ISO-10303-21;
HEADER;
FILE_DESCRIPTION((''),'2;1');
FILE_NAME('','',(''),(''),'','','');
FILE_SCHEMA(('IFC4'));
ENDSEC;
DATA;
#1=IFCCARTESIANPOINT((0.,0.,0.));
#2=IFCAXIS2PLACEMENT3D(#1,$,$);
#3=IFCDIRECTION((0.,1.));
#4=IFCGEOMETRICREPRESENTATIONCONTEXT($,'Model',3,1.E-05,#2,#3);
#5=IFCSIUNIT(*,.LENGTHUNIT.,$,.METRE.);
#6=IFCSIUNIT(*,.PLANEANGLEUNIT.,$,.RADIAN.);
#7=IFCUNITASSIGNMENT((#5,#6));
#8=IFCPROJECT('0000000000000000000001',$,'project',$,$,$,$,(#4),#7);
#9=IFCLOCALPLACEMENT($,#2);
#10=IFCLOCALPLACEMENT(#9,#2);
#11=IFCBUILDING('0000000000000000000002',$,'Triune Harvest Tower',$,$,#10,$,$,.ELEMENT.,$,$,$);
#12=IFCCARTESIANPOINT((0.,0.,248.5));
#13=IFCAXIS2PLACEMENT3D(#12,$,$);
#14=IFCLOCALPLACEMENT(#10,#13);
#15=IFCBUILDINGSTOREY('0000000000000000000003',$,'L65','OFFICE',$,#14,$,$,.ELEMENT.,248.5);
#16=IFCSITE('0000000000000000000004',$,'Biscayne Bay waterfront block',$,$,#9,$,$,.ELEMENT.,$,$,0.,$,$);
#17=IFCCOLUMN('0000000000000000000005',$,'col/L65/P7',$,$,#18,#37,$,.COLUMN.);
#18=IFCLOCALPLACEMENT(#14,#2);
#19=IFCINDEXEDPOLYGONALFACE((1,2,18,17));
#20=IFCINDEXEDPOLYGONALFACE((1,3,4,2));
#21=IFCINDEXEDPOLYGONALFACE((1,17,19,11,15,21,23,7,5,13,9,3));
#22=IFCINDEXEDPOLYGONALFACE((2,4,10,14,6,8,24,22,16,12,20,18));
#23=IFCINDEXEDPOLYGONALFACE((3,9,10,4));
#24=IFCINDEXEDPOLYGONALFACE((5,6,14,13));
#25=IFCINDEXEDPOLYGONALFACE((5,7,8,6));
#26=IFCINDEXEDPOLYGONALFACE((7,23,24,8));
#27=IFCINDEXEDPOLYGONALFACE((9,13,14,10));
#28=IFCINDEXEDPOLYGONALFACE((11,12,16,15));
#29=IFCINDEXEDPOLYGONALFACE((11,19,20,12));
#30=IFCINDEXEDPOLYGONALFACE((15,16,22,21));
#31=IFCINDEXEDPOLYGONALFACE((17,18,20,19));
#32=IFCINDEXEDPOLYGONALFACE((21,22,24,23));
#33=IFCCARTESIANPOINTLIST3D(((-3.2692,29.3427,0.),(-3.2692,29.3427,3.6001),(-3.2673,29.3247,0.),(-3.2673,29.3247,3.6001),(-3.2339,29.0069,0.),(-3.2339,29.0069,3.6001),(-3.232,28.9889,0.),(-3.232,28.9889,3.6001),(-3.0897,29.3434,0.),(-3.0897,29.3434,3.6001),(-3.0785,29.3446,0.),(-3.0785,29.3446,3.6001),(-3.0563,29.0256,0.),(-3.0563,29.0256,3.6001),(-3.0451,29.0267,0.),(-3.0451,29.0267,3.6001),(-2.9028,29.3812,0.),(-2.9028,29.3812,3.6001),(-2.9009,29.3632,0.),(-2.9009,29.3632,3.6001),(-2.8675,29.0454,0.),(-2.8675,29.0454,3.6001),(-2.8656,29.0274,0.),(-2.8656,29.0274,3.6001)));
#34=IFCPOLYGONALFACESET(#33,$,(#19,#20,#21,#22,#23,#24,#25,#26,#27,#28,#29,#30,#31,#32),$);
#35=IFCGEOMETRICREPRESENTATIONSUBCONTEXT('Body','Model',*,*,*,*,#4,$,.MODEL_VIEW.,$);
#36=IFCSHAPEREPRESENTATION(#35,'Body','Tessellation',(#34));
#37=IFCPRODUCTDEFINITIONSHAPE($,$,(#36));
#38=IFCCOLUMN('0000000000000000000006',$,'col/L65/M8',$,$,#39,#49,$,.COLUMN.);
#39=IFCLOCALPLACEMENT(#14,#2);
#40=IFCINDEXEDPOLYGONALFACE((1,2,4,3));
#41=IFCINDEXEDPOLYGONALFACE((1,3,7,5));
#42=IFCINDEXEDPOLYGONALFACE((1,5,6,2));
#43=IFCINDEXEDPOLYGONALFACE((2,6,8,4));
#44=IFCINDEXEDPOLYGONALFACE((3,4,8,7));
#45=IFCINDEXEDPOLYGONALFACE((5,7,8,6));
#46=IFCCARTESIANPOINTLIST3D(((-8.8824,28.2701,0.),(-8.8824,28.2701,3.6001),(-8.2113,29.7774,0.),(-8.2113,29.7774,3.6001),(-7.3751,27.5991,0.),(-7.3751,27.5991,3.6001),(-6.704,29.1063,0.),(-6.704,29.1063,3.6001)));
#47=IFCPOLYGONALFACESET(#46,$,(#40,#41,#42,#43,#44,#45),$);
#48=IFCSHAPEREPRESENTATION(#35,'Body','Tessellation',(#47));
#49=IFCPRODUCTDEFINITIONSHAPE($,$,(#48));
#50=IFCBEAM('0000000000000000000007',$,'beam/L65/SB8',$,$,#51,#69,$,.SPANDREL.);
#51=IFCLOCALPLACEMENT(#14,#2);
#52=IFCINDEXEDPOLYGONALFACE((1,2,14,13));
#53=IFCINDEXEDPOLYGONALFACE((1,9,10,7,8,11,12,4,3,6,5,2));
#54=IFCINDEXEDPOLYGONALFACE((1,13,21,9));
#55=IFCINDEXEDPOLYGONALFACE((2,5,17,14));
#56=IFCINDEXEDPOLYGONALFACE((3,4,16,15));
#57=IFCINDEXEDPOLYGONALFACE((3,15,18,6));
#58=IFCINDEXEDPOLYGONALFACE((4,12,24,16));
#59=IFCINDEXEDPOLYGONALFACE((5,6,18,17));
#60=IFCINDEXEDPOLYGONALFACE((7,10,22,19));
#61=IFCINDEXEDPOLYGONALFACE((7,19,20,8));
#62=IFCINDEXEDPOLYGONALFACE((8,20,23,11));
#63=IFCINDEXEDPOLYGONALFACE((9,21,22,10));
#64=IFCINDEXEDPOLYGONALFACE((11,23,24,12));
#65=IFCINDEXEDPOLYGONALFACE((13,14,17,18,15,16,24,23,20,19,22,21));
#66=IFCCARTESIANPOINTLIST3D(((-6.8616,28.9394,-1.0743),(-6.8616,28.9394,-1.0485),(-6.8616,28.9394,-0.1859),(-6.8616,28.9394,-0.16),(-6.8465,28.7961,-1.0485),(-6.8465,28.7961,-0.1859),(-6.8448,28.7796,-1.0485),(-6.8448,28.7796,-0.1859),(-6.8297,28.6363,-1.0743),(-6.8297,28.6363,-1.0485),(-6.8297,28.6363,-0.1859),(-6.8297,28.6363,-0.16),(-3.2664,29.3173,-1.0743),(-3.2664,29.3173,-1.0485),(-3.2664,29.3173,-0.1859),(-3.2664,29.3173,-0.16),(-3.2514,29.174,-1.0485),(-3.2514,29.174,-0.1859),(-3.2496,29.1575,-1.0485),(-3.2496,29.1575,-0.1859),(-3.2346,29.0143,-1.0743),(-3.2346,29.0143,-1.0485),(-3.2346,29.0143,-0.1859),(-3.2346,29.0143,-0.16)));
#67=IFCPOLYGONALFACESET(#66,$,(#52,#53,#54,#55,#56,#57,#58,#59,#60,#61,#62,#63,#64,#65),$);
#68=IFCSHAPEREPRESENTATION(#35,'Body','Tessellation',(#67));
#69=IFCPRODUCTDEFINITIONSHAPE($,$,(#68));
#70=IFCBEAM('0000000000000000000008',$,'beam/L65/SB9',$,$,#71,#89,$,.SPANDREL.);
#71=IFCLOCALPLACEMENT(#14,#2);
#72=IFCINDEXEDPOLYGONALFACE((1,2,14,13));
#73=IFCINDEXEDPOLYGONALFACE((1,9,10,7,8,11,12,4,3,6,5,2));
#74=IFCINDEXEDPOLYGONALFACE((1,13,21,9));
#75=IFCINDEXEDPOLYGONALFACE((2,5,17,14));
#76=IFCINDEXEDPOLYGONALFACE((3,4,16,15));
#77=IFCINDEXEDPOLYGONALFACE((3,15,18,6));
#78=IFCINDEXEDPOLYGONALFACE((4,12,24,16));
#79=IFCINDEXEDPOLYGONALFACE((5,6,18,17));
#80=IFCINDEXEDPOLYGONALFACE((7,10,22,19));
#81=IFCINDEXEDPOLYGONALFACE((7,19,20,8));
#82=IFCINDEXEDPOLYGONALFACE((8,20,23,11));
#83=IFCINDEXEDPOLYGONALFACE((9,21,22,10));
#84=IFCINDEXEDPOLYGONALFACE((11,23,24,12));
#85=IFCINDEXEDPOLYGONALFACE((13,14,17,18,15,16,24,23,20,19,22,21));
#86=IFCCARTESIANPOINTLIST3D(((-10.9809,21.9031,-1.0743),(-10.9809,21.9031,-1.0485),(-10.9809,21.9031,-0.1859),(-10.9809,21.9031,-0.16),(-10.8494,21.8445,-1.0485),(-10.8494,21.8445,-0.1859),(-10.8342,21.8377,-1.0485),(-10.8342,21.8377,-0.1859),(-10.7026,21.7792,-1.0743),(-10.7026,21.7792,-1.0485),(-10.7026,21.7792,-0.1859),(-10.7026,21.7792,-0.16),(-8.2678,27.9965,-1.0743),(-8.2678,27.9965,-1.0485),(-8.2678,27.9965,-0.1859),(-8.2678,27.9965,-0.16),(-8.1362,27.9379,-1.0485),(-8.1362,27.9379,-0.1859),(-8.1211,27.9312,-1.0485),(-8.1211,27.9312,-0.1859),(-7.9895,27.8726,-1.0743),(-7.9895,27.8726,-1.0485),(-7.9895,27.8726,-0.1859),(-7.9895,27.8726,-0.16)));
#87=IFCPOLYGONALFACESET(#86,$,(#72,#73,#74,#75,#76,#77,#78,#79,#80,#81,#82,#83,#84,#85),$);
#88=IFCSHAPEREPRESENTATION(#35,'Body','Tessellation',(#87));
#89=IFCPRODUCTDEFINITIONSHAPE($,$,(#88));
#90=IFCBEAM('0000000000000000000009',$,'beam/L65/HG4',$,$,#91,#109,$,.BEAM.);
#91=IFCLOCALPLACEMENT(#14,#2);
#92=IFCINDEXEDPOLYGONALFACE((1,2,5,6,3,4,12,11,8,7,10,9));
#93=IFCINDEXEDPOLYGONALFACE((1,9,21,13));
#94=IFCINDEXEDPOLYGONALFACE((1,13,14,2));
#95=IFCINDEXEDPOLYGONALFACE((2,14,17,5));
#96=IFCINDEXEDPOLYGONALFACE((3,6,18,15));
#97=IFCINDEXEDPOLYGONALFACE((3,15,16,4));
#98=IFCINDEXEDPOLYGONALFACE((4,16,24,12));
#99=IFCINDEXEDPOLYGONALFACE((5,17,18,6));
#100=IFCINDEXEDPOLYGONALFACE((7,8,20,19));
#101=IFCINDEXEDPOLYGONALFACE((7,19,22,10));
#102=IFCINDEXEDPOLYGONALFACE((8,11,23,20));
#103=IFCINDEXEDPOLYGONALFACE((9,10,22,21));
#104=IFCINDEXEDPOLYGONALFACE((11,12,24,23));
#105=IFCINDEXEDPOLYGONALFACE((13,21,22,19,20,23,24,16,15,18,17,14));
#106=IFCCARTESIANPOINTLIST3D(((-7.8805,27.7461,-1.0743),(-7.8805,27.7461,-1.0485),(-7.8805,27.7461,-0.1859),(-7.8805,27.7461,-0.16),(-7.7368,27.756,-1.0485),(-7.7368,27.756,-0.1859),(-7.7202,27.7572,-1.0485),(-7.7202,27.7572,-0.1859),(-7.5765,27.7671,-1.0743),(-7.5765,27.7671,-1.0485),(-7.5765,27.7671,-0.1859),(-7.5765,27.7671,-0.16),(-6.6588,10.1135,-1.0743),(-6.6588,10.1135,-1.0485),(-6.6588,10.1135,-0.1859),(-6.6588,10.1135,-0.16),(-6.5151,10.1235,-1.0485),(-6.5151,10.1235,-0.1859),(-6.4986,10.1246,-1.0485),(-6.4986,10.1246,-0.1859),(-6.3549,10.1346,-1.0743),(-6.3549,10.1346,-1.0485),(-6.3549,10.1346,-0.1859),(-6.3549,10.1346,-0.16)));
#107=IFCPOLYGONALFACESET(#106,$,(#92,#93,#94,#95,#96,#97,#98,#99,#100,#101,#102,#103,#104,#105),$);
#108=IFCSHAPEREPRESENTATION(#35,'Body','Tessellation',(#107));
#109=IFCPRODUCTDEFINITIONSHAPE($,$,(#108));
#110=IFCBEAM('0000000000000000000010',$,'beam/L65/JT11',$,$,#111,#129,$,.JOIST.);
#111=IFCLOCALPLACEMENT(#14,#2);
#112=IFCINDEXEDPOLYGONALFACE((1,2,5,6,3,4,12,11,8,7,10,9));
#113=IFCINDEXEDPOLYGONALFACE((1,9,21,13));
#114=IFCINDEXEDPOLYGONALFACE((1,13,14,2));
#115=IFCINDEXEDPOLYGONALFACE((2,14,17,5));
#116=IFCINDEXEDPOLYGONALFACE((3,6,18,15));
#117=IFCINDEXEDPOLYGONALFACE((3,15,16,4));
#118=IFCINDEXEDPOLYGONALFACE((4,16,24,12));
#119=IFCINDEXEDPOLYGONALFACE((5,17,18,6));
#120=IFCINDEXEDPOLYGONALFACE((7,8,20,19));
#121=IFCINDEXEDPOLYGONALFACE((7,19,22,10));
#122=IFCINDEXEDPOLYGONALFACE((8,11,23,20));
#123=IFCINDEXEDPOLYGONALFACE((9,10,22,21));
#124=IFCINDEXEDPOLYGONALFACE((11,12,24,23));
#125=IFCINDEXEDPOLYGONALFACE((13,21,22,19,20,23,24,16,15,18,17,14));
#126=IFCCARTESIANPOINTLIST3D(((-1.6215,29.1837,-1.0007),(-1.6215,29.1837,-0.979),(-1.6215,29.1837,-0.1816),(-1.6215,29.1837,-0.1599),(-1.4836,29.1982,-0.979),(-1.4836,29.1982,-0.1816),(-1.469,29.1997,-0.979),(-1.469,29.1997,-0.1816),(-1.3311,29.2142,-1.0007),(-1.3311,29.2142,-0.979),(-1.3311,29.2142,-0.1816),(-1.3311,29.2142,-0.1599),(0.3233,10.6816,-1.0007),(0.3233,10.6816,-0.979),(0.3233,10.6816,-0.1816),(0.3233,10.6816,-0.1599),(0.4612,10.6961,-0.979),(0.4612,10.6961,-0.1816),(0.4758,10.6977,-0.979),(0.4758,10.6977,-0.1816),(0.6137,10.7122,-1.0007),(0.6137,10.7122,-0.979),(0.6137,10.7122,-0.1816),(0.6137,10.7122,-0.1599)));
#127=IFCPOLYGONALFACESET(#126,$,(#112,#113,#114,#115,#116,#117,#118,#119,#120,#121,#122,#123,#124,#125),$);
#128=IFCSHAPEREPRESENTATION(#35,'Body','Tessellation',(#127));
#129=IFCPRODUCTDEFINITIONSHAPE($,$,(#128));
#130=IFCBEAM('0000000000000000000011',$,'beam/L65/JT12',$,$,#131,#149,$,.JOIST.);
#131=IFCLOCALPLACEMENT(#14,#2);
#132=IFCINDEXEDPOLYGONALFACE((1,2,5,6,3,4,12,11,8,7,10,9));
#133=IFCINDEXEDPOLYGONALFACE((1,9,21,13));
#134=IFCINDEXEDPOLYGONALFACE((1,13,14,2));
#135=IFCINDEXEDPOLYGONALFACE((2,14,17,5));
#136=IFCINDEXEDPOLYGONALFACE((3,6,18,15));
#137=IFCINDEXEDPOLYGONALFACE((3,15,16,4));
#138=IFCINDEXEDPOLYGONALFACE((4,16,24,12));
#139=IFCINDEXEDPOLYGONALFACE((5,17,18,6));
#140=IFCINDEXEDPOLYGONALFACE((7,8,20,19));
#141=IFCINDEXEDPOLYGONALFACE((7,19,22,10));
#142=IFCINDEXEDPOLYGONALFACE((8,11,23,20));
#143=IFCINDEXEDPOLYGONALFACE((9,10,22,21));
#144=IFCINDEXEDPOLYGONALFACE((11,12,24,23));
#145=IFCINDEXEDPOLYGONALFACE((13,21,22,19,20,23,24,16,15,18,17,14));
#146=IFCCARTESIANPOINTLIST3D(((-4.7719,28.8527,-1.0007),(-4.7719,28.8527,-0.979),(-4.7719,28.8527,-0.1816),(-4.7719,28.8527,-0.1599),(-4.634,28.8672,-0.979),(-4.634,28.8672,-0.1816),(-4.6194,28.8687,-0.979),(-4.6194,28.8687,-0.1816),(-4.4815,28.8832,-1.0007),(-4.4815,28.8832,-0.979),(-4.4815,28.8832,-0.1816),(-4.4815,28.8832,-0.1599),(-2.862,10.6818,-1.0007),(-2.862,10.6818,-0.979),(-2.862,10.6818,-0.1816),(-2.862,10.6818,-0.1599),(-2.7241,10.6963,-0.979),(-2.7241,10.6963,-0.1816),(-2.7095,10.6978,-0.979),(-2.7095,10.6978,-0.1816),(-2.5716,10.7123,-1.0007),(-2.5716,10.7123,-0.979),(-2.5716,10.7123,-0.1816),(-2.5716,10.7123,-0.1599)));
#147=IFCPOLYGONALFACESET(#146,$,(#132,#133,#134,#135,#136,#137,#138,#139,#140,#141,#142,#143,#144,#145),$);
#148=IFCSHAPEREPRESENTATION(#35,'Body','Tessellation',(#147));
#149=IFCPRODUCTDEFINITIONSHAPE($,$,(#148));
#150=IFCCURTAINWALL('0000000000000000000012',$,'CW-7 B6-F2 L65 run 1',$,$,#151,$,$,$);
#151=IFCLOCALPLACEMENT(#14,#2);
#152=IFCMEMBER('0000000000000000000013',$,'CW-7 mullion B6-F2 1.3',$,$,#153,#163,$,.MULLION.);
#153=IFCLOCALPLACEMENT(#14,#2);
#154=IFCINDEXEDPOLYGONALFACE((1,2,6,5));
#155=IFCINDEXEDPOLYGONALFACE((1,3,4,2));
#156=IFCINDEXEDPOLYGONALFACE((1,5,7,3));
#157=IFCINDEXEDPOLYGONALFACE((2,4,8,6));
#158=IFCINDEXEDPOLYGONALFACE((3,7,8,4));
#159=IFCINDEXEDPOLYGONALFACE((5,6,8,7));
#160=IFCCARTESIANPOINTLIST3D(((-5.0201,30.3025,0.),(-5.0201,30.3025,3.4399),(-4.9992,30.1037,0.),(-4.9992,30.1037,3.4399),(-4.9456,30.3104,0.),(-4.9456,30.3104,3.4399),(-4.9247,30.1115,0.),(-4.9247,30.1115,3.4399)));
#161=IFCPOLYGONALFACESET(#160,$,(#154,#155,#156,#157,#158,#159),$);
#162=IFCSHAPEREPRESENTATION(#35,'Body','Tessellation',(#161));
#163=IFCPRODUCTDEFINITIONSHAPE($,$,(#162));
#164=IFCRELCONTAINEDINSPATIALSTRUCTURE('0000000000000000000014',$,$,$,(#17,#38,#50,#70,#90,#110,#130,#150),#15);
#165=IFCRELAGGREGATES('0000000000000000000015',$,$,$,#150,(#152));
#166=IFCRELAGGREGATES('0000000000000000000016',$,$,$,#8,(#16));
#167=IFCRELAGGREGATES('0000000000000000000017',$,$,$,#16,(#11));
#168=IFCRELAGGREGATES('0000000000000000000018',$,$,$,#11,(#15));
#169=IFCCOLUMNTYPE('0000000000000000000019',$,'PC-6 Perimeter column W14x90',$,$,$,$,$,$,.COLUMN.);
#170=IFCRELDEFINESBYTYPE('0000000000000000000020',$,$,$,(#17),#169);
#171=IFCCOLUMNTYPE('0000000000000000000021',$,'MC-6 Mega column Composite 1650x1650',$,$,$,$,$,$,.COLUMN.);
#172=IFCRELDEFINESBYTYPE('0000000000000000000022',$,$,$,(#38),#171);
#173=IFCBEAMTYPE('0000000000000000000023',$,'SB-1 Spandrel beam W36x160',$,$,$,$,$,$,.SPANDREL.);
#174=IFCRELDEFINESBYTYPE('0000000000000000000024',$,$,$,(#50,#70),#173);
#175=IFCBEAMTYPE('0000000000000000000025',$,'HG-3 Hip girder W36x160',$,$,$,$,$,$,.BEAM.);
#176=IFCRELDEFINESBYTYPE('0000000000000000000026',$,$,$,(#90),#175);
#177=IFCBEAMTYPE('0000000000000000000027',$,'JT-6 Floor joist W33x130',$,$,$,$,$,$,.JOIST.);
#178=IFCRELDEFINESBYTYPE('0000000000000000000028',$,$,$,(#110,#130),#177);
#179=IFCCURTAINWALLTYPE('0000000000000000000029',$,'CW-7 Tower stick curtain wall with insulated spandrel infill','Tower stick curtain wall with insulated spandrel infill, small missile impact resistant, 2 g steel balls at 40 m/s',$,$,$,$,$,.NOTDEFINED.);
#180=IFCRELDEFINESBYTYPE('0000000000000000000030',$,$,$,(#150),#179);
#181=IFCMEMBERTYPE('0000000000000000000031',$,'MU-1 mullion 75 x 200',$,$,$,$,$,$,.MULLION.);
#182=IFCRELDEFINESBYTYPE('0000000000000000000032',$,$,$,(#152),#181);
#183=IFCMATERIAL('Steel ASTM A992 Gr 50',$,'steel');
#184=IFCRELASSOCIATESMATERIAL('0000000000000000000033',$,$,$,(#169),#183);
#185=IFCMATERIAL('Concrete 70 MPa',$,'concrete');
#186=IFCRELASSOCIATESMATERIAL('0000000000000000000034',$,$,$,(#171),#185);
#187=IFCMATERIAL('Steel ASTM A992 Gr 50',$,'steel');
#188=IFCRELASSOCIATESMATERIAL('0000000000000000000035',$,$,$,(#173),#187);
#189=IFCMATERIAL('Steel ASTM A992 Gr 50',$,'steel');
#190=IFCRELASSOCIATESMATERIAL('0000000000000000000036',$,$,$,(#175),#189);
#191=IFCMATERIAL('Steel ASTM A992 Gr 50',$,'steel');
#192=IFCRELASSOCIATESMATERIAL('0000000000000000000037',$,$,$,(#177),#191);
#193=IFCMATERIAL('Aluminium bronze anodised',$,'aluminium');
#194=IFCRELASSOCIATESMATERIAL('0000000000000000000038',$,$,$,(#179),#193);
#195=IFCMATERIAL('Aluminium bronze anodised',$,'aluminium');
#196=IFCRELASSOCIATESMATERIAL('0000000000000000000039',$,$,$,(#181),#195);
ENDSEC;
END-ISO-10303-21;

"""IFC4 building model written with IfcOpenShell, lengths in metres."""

from ifc_helpers import new_model, si_unit, direction, frame, origin, origin_2d, place, context, subcontext, project, spatial, rectangle, i_section, extrude, source, transform, mapped, material, material_profile, profile_set, type_object, element, aggregate, save


model = new_model("IFC4")

# Units and contexts
model_context = context("Model", 3, precision=1e-05, world=origin(), true_north=direction((0.0, 1.0)))
body_context = subcontext(model_context, "Body", "Model", "MODEL_VIEW")
ifc_project = project(units=[si_unit("LENGTHUNIT", "METRE"), si_unit("PLANEANGLEUNIT", "RADIAN")], contexts=[model_context])

# Site, building, storey
site_placement = place(None, origin())
site = spatial("IfcSite", under=ifc_project, at=site_placement, Name="Biscayne Bay waterfront block", CompositionType="ELEMENT", RefElevation=0.0)
building_placement = place(site_placement, origin())
building = spatial("IfcBuilding", under=site, at=building_placement, Name="Triune Harvest Tower", CompositionType="ELEMENT")
storey_placement = place(building_placement, frame((0.0, 0.0, 248.5)))
storey = spatial("IfcBuildingStorey", under=building, at=storey_placement, Name="L65", Description="OFFICE", CompositionType="ELEMENT", Elevation=248.5)

# Columns
ifc_material_1 = material(Name="Steel ASTM A992 Gr 50", Category="steel")
ifc_material_profile_1 = material_profile(ifc_material_1, i_section(OverallWidth=0.3684, OverallDepth=0.3557, WebThickness=0.0112, FlangeThickness=0.0181, at=origin_2d()), Name="W14x90")
ifc_profile_set_1 = profile_set([ifc_material_profile_1], Name="Steel ASTM A992 Gr 50")
column_type_1 = type_object("IfcColumnType", Name="PC-6 Perimeter column W14x90", PredefinedType="COLUMN", material=ifc_profile_set_1)
shared_shape_1 = source(origin(), body_context, "Body", "SweptSolid", [
    extrude(i_section(OverallWidth=0.3684, OverallDepth=0.3557, WebThickness=0.0112, FlangeThickness=0.0181, at=origin_2d()), origin(), (0.0, 0.0, 1.0), 3.6001),
])
column_1_placement = place(storey_placement, frame((-3.0674, 29.1851, 0.0), z_axis=(0.0, 0.0, 1.0), x_axis=(-0.994522, -0.104528, 0.0)))
element("IfcColumn", 1, at=column_1_placement, inside=storey, type_object=column_type_1, Name="col/L65/P7", PredefinedType="COLUMN", context=body_context, shape_type="MappedRepresentation", body=[
    mapped(shared_shape_1, transform((0.0, 0.0, 0.0), scale=1.0)),
])
ifc_material_2 = material(Name="Concrete 70 MPa", Category="concrete")
ifc_material_profile_2 = material_profile(ifc_material_2, rectangle(XDim=1.6499, YDim=1.6499, at=origin_2d()), Name="Composite 1650x1650")
ifc_profile_set_2 = profile_set([ifc_material_profile_2], Name="Concrete 70 MPa")
column_type_2 = type_object("IfcColumnType", Name="MC-6 Mega column Composite 1650x1650", PredefinedType="COLUMN", material=ifc_profile_set_2)
shared_shape_2 = source(origin(), body_context, "Body", "SweptSolid", [
    extrude(rectangle(XDim=1.6499, YDim=1.6499, at=origin_2d()), origin(), (0.0, 0.0, 1.0), 3.6001),
])
column_2_placement = place(storey_placement, frame((-7.7932, 28.6882, 0.0), z_axis=(0.0, 0.0, 1.0), x_axis=(-0.406738, -0.913545, 0.0)))
element("IfcColumn", 2, at=column_2_placement, inside=storey, type_object=column_type_2, Name="col/L65/M8", PredefinedType="COLUMN", context=body_context, shape_type="MappedRepresentation", body=[
    mapped(shared_shape_2, transform((0.0, 0.0, 0.0), scale=1.0)),
])

# Beams
ifc_material_3 = material(Name="Steel ASTM A992 Gr 50", Category="steel")
ifc_material_profile_3 = material_profile(ifc_material_3, i_section(OverallWidth=0.3047, OverallDepth=0.9143, WebThickness=0.0166, FlangeThickness=0.0259, at=origin_2d()), Name="W36x160")
ifc_profile_set_3 = profile_set([ifc_material_profile_3], Name="Steel ASTM A992 Gr 50")
beam_type_1 = type_object("IfcBeamType", Name="SB-1 Spandrel beam W36x160", PredefinedType="SPANDREL", material=ifc_profile_set_3)
shared_shape_3 = source(origin(), body_context, "Body", "SweptSolid", [
    extrude(i_section(OverallWidth=0.3047, OverallDepth=0.9143, WebThickness=0.0166, FlangeThickness=0.0259, at=origin_2d()), origin(), (0.0, 0.0, 1.0), 3.615),
])
beam_1_placement = place(storey_placement, frame((-3.2505, 29.1658, -0.6172), z_axis=(-0.99452, -0.104544, 0.0), x_axis=(0.104544, -0.99452, 0.0)))
element("IfcBeam", 3, at=beam_1_placement, inside=storey, type_object=beam_type_1, Name="beam/L65/SB8", PredefinedType="SPANDREL", context=body_context, shape_type="MappedRepresentation", body=[
    mapped(shared_shape_3, transform((0.0, 0.0, 0.0), scale=1.0)),
])
shared_shape_4 = source(origin(), body_context, "Body", "SweptSolid", [
    extrude(i_section(OverallWidth=0.3047, OverallDepth=0.9143, WebThickness=0.0166, FlangeThickness=0.0259, at=origin_2d()), origin(), (0.0, 0.0, 1.0), 6.6702),
])
beam_2_placement = place(storey_placement, frame((-8.1287, 27.9346, -0.6172), z_axis=(-0.406753, -0.913538, 0.0), x_axis=(0.913538, -0.406753, 0.0)))
element("IfcBeam", 4, at=beam_2_placement, inside=storey, type_object=beam_type_1, Name="beam/L65/SB9", PredefinedType="SPANDREL", context=body_context, shape_type="MappedRepresentation", body=[
    mapped(shared_shape_4, transform((0.0, 0.0, 0.0), scale=1.0)),
])
ifc_material_4 = material(Name="Steel ASTM A992 Gr 50", Category="steel")
ifc_material_profile_4 = material_profile(ifc_material_4, i_section(OverallWidth=0.3047, OverallDepth=0.9143, WebThickness=0.0166, FlangeThickness=0.0259, at=origin_2d()), Name="W36x160")
ifc_profile_set_4 = profile_set([ifc_material_profile_4], Name="Steel ASTM A992 Gr 50")
beam_type_2 = type_object("IfcBeamType", Name="HG-3 Hip girder W36x160", PredefinedType="BEAM", material=ifc_profile_set_4)
shared_shape_5 = source(origin(), body_context, "Body", "SweptSolid", [
    extrude(i_section(OverallWidth=0.3047, OverallDepth=0.9143, WebThickness=0.0166, FlangeThickness=0.0259, at=origin_2d()), origin(), (0.0, 0.0, 1.0), 17.6748),
])
beam_3_placement = place(storey_placement, frame((-7.7285, 27.7566, -0.6172), z_axis=(0.06912, -0.997608, 0.0), x_axis=(0.997608, 0.06912, 0.0)))
element("IfcBeam", 5, at=beam_3_placement, inside=storey, type_object=beam_type_2, Name="beam/L65/HG4", PredefinedType="BEAM", context=body_context, shape_type="MappedRepresentation", body=[
    mapped(shared_shape_5, transform((0.0, 0.0, 0.0), scale=1.0)),
])
ifc_material_5 = material(Name="Steel ASTM A992 Gr 50", Category="steel")
ifc_material_profile_5 = material_profile(ifc_material_5, i_section(OverallWidth=0.292, OverallDepth=0.8408, WebThickness=0.0146, FlangeThickness=0.0217, at=origin_2d()), Name="W33x130")
ifc_profile_set_5 = profile_set([ifc_material_profile_5], Name="Steel ASTM A992 Gr 50")
beam_type_3 = type_object("IfcBeamType", Name="JT-6 Floor joist W33x130", PredefinedType="JOIST", material=ifc_profile_set_5)
shared_shape_6 = source(origin(), body_context, "Body", "SweptSolid", [
    extrude(i_section(OverallWidth=0.292, OverallDepth=0.8408, WebThickness=0.0146, FlangeThickness=0.0217, at=origin_2d()), origin(), (0.0, 0.0, 1.0), 18.604),
])
beam_4_placement = place(storey_placement, frame((-1.4763, 29.199, -0.5803), z_axis=(0.104539, -0.994521, 0.0), x_axis=(0.994521, 0.104539, 0.0)))
element("IfcBeam", 6, at=beam_4_placement, inside=storey, type_object=beam_type_3, Name="beam/L65/JT11", PredefinedType="JOIST", context=body_context, shape_type="MappedRepresentation", body=[
    mapped(shared_shape_6, transform((0.0, 0.0, 0.0), scale=1.0)),
])
shared_shape_7 = source(origin(), body_context, "Body", "SweptSolid", [
    extrude(i_section(OverallWidth=0.292, OverallDepth=0.8408, WebThickness=0.0146, FlangeThickness=0.0217, at=origin_2d()), origin(), (0.0, 0.0, 1.0), 18.271),
])
beam_5_placement = place(storey_placement, frame((-4.6267, 28.8679, -0.5803), z_axis=(0.104532, -0.994521, 0.0), x_axis=(0.994521, 0.104532, 0.0)))
element("IfcBeam", 7, at=beam_5_placement, inside=storey, type_object=beam_type_3, Name="beam/L65/JT12", PredefinedType="JOIST", context=body_context, shape_type="MappedRepresentation", body=[
    mapped(shared_shape_7, transform((0.0, 0.0, 0.0), scale=1.0)),
])

# Curtain wall, member
ifc_material_6 = material(Name="Aluminium bronze anodised", Category="aluminium")
curtain_wall_type_1 = type_object("IfcCurtainWallType", Name="CW-7 Tower stick curtain wall with insulated spandrel infill", Description="Tower stick curtain wall with insulated spandrel infill, small missile impact resistant, 2 g steel balls at 40 m/s", PredefinedType="NOTDEFINED", material=ifc_material_6)
curtain_wall_1_placement = place(storey_placement, origin())
curtain_wall_1 = element("IfcCurtainWall", 8, at=curtain_wall_1_placement, inside=storey, type_object=curtain_wall_type_1, Name="CW-7 B6-F2 L65 run 1")
ifc_material_7 = material(Name="Aluminium bronze anodised", Category="aluminium")
ifc_material_profile_6 = material_profile(ifc_material_7, rectangle(XDim=0.2, YDim=0.075, at=origin_2d()), Name="MU-1 mullion 75 x 200")
ifc_profile_set_6 = profile_set([ifc_material_profile_6], Name="Aluminium bronze anodised")
member_type_1 = type_object("IfcMemberType", Name="MU-1 mullion 75 x 200", PredefinedType="MULLION", material=ifc_profile_set_6)
shared_shape_8 = source(origin(), body_context, "Body", "SweptSolid", [
    extrude(rectangle(XDim=0.2, YDim=0.075, at=origin_2d()), origin(), (0.0, 0.0, 1.0), 3.4399),
])
member_1_placement = place(storey_placement, frame((-4.9724, 30.207, 0.0), z_axis=(0.0, 0.0, 1.0), x_axis=(0.10453, -0.994522, 0.0)))
member_1 = element("IfcMember", 9, at=member_1_placement, type_object=member_type_1, Name="CW-7 mullion B6-F2 1.3", PredefinedType="MULLION", context=body_context, shape_type="MappedRepresentation", body=[
    mapped(shared_shape_8, transform((0.0, 0.0, 0.0), scale=1.0)),
])

aggregate(curtain_wall_1, [member_1])

save(model, "model.ifc")
